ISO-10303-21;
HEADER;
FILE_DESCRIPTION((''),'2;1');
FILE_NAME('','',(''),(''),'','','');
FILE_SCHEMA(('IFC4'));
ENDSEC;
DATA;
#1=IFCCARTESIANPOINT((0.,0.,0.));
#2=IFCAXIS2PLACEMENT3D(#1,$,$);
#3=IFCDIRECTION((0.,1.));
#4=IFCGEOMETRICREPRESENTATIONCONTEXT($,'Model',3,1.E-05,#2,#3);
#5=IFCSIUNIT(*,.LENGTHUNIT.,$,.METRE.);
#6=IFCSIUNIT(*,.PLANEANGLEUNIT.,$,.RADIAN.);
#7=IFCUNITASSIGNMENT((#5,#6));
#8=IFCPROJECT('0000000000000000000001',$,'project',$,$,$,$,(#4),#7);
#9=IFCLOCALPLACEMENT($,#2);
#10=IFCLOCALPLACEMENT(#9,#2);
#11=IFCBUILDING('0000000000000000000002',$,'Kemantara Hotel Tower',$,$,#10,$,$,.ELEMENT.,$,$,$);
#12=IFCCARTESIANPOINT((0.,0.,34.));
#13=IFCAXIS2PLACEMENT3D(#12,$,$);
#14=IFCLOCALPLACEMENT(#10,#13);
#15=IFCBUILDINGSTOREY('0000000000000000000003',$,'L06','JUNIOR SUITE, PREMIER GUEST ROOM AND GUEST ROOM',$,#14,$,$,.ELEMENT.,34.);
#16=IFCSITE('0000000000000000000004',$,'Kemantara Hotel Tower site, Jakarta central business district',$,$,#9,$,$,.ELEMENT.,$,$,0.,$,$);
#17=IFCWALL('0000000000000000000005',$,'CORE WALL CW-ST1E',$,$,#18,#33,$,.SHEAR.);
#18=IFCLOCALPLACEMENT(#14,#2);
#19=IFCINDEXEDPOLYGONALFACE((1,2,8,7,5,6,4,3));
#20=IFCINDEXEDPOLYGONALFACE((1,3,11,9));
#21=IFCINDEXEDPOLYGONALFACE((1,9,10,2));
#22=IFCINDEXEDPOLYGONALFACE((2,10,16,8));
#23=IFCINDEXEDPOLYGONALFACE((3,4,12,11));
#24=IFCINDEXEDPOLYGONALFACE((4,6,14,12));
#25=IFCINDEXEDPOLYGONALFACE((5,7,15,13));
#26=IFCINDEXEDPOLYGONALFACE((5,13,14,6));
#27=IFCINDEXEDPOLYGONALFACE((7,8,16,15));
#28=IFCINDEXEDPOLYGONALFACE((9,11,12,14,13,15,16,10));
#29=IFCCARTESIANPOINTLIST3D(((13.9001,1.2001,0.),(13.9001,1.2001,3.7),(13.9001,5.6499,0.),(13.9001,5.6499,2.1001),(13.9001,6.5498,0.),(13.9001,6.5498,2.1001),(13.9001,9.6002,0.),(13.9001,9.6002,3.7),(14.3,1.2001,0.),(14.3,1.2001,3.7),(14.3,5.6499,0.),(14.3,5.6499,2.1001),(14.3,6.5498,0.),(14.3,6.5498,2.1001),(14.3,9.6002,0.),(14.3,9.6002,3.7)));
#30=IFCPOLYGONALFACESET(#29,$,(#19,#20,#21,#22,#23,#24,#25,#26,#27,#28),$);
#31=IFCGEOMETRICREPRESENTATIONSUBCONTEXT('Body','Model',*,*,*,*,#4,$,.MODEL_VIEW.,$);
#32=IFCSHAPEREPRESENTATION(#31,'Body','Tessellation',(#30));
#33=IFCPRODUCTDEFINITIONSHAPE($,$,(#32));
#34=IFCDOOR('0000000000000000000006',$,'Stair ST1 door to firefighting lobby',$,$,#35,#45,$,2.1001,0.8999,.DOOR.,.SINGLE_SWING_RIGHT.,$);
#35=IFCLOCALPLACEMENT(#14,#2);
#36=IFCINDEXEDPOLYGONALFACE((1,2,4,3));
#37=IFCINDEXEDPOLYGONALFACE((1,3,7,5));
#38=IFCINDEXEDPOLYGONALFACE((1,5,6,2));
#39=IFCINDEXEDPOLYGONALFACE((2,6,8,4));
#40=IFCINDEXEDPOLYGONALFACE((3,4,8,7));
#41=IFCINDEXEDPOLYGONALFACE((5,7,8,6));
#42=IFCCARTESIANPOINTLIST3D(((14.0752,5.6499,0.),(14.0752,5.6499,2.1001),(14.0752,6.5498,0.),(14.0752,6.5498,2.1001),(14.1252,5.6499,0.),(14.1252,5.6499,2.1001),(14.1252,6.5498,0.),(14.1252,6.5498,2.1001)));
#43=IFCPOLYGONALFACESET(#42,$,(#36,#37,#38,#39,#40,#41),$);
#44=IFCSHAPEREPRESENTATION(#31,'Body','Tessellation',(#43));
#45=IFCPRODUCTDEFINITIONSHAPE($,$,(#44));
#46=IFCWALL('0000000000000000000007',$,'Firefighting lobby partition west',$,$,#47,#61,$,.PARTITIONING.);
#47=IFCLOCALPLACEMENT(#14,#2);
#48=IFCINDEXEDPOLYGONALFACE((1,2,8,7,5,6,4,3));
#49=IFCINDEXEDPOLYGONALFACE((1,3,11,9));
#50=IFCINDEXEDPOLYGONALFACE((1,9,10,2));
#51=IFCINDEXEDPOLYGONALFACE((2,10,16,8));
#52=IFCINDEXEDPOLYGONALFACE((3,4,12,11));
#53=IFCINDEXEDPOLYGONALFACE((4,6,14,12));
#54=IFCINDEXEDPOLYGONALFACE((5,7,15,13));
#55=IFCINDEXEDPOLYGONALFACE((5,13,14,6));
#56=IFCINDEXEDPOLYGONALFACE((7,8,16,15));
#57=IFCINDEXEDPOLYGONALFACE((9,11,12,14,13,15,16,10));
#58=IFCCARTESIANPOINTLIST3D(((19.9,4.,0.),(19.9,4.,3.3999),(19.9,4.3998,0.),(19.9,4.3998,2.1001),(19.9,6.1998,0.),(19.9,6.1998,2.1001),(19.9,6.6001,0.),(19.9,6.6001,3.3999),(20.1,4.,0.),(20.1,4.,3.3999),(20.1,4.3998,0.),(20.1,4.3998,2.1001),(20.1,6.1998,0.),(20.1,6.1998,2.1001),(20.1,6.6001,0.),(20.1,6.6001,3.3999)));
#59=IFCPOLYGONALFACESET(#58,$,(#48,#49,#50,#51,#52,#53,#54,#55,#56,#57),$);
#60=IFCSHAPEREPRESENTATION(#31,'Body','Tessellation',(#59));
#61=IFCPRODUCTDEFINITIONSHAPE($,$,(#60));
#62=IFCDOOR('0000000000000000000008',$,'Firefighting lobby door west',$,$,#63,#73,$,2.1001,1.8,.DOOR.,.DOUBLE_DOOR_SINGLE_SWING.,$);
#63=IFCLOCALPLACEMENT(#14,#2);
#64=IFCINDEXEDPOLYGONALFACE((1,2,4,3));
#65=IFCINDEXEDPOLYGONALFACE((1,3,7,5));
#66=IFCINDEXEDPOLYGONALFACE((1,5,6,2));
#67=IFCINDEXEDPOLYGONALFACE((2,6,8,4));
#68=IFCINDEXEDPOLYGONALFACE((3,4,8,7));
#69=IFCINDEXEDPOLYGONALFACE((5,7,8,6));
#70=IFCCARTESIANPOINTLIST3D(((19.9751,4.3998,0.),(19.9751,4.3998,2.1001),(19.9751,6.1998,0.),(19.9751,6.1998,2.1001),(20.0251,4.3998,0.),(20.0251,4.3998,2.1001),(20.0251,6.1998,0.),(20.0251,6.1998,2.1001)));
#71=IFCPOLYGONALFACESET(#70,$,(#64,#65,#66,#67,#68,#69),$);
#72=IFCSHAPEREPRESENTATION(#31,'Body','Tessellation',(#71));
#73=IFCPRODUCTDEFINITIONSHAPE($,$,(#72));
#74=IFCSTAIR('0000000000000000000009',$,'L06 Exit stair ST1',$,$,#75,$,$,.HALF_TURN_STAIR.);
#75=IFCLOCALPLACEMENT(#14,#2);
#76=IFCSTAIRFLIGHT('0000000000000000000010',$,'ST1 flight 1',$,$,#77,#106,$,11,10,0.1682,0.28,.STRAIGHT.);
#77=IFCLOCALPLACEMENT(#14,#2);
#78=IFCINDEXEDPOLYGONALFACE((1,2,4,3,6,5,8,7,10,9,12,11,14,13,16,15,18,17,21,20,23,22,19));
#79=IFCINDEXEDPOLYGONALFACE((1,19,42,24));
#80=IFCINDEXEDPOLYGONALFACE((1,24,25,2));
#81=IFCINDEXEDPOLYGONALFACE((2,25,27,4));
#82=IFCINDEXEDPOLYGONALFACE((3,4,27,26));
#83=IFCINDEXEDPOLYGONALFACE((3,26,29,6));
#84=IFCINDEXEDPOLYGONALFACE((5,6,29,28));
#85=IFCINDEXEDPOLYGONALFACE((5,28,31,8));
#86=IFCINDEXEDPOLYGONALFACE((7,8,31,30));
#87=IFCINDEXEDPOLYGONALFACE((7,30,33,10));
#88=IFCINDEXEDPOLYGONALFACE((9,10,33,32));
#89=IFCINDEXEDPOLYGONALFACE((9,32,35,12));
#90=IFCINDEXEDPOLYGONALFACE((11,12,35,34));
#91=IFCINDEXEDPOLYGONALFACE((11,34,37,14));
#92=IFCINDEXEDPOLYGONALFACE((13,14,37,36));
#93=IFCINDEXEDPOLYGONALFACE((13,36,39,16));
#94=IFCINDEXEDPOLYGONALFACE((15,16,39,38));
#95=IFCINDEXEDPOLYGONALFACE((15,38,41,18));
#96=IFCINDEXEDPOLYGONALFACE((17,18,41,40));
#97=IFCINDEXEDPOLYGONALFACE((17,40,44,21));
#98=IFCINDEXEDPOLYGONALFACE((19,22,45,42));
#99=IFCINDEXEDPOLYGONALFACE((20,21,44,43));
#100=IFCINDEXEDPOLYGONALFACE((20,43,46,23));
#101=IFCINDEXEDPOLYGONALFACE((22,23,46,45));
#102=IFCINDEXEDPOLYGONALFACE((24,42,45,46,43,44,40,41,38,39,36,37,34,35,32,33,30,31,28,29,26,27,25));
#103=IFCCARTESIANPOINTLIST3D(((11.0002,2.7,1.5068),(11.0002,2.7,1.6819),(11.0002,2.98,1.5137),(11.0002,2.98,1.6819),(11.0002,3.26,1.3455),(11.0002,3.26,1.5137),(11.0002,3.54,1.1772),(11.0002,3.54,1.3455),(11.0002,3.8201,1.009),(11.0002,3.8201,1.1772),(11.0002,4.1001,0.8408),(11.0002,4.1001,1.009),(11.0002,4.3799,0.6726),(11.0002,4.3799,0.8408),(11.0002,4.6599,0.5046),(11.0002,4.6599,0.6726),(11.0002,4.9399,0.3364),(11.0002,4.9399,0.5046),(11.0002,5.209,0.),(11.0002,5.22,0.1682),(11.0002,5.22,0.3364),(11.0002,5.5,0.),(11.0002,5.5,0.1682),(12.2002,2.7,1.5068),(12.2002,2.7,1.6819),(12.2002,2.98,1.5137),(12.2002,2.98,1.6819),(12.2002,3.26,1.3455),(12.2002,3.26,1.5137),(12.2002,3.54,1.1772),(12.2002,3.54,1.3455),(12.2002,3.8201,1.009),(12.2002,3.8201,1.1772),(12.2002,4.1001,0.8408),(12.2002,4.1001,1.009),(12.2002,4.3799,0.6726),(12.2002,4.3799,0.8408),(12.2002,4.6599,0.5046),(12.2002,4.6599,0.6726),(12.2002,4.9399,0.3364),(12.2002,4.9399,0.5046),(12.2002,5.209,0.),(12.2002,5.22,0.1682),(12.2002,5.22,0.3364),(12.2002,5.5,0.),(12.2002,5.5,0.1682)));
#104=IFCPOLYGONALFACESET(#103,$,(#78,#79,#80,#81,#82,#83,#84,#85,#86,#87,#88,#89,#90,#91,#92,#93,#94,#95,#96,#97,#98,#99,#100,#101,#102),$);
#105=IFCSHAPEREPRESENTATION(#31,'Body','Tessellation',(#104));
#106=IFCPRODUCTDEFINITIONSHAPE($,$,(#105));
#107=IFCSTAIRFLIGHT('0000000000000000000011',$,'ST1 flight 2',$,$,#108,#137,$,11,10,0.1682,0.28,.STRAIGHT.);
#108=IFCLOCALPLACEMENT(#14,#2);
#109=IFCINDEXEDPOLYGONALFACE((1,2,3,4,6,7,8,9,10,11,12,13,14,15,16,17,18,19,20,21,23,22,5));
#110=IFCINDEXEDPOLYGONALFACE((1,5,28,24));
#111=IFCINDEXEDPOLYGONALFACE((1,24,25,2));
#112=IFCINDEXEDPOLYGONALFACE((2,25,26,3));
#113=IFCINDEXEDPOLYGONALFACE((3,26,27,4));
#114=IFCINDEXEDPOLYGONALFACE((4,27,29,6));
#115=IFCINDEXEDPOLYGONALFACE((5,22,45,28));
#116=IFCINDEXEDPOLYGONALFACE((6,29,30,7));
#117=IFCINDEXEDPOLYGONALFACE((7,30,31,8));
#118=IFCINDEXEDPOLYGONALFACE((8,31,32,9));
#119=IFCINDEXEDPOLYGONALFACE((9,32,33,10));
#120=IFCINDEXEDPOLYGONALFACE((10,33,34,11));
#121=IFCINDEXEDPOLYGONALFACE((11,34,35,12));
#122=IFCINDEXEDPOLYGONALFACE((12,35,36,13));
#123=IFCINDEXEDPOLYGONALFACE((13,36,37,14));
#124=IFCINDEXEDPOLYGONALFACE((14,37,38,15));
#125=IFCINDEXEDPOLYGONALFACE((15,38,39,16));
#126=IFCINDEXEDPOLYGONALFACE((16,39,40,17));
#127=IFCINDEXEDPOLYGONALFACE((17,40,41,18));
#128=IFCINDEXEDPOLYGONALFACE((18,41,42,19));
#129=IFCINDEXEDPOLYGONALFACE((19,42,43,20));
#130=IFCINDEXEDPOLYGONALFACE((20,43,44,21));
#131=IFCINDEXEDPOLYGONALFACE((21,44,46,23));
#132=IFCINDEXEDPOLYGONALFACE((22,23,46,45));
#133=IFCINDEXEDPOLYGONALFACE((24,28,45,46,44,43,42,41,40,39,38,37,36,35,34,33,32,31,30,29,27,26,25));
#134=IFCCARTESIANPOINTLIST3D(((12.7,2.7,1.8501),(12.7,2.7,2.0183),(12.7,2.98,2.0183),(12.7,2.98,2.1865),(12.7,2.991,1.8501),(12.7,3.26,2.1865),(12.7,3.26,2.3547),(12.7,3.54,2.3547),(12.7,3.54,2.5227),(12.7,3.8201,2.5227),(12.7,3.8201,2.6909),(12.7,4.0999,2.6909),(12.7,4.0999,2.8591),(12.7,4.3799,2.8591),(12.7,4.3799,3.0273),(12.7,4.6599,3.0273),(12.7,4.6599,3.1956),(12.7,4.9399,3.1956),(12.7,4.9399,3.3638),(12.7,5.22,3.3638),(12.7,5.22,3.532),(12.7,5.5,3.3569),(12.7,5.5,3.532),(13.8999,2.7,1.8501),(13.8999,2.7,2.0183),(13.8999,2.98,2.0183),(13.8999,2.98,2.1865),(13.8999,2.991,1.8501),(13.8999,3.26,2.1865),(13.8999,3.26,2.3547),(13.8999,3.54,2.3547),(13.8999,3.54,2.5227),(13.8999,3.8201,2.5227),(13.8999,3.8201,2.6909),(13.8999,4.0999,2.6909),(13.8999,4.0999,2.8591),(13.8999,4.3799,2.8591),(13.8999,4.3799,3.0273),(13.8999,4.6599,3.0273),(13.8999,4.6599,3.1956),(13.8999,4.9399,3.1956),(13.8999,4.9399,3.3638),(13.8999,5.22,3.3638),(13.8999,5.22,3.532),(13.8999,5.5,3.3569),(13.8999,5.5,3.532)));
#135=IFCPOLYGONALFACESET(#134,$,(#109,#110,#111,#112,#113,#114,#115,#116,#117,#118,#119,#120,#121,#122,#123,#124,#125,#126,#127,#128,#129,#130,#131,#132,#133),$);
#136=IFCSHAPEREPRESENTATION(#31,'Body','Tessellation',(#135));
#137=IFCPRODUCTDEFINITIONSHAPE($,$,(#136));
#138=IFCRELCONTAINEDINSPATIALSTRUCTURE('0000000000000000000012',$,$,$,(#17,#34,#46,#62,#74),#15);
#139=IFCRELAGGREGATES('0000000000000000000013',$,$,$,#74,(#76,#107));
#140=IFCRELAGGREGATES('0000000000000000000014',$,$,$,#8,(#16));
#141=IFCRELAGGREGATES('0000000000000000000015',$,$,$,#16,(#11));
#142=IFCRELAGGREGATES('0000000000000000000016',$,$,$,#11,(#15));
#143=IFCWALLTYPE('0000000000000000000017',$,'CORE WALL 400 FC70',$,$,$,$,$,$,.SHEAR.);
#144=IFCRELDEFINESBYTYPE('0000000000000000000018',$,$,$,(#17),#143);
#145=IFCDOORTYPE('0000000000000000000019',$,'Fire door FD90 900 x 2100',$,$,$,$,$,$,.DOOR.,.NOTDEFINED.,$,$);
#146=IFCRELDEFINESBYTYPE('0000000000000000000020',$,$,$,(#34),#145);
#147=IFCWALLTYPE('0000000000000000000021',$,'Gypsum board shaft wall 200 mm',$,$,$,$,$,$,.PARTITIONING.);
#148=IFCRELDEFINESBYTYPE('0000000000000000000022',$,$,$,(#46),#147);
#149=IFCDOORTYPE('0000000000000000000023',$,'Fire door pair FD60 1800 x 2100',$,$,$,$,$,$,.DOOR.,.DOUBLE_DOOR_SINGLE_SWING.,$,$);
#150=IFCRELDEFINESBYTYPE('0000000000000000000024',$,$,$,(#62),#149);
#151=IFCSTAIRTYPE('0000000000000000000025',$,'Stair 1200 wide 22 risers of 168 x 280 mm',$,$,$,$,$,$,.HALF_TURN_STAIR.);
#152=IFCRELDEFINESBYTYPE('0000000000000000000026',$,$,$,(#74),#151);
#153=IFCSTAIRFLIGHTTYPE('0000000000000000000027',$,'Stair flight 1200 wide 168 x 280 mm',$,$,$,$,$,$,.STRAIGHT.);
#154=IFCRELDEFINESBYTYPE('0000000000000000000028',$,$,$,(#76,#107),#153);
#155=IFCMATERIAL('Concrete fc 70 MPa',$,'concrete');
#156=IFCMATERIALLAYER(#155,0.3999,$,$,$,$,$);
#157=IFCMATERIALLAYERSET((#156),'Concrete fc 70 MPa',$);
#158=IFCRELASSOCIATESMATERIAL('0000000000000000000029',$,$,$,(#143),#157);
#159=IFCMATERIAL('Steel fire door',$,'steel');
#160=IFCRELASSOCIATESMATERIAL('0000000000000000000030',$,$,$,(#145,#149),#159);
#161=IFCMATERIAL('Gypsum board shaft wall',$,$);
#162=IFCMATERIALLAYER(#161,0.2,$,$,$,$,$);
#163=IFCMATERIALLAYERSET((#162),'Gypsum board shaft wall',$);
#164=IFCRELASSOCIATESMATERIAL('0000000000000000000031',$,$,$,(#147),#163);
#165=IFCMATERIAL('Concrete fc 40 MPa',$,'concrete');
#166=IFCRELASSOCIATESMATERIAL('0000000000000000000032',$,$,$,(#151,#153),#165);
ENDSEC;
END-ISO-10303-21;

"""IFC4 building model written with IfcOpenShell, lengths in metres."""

from ifc_helpers import new_model, si_unit, direction, frame, frame_2d, origin, place, context, subcontext, project, spatial, polyline, rectangle, outline, extrude, material, layer, layer_set, type_object, element, fill, aggregate, save


model = new_model("IFC4")

# Units and contexts
model_context = context("Model", 3, precision=1e-05, world=origin(), true_north=direction((0.0, 1.0)))
body_context = subcontext(model_context, "Body", "Model", "MODEL_VIEW")
ifc_project = project(units=[si_unit("LENGTHUNIT", "METRE"), si_unit("PLANEANGLEUNIT", "RADIAN")], contexts=[model_context])

# Site, building, storey
site_placement = place(None, origin())
site = spatial("IfcSite", under=ifc_project, at=site_placement, Name="Kemantara Hotel Tower site, Jakarta central business district", CompositionType="ELEMENT", RefElevation=0.0)
building_placement = place(site_placement, origin())
building = spatial("IfcBuilding", under=site, at=building_placement, Name="Kemantara Hotel Tower", CompositionType="ELEMENT")
storey_placement = place(building_placement, frame((0.0, 0.0, 34.0)))
storey = spatial("IfcBuildingStorey", under=building, at=storey_placement, Name="L06", Description="JUNIOR SUITE, PREMIER GUEST ROOM AND GUEST ROOM", CompositionType="ELEMENT", Elevation=34.0)

# Shared definitions
ifc_material_1 = material(Name="Concrete fc 70 MPa", Category="concrete")

# Shared definitions
ifc_layer_1 = layer(ifc_material_1, 0.3999)
ifc_layer_set_1 = layer_set([ifc_layer_1], Name="Concrete fc 70 MPa")
wall_type_1 = type_object("IfcWallType", Name="CORE WALL 400 FC70", PredefinedType="SHEAR", material=ifc_layer_set_1)

# Walls, openings, doors
wall_1_placement = place(storey_placement, frame((14.1001, 1.2, 0.0), z_axis=(0.0, 0.0, 1.0), x_axis=(0.0, 1.0, 0.0)))
wall_1 = element("IfcWall", 1, at=wall_1_placement, inside=storey, type_object=wall_type_1, Name="CORE WALL CW-ST1E", PredefinedType="SHEAR", context=body_context, shape_type="SweptSolid", body=[
    extrude(rectangle(XDim=8.4001, YDim=0.3999, at=frame_2d((4.2002, 0.0))), origin(), (0.0, 0.0, 1.0), 3.7),
])
opening_1_placement = place(wall_1_placement, frame((4.45, 0.0, 0.0)))
opening_1 = element("IfcOpeningElement", 2, at=opening_1_placement, cuts=wall_1, PredefinedType="OPENING", context=body_context, shape_type="SweptSolid", body=[
    extrude(rectangle(XDim=0.8999, YDim=2.1001, at=frame_2d((0.45, 1.05))), frame((0.0, 0.21, 0.0), z_axis=(0.0, -1.0, 0.0), x_axis=(1.0, 0.0, 0.0)), (0.0, 0.0, 1.0), 0.4199),
])
ifc_material_2 = material(Name="Steel fire door", Category="steel")
door_type_1 = type_object("IfcDoorType", Name="Fire door FD90 900 x 2100", OperationType="NOTDEFINED", PredefinedType="DOOR", material=ifc_material_2)
door_1_placement = place(opening_1_placement, origin())
door_1 = element("IfcDoor", 3, at=door_1_placement, inside=storey, type_object=door_type_1, Name="Stair ST1 door to firefighting lobby", OperationType="SINGLE_SWING_RIGHT", OverallHeight=2.1001, OverallWidth=0.8999, PredefinedType="DOOR", context=body_context, shape_type="SweptSolid", body=[
    extrude(rectangle(XDim=0.8999, YDim=2.1001, at=frame_2d((0.45, 1.05))), frame((0.0, 0.0249, 0.0), z_axis=(0.0, -1.0, 0.0), x_axis=(1.0, 0.0, 0.0)), (0.0, 0.0, 1.0), 0.05),
])
fill(opening_1, door_1)
ifc_material_3 = material(Name="Gypsum board shaft wall")
ifc_layer_2 = layer(ifc_material_3, 0.2)
ifc_layer_set_2 = layer_set([ifc_layer_2], Name="Gypsum board shaft wall")
wall_type_2 = type_object("IfcWallType", Name="Gypsum board shaft wall 200 mm", PredefinedType="PARTITIONING", material=ifc_layer_set_2)
wall_2_placement = place(storey_placement, frame((20.0, 4.0, 0.0), z_axis=(0.0, 0.0, 1.0), x_axis=(0.0, 1.0, 0.0)))
wall_2 = element("IfcWall", 4, at=wall_2_placement, inside=storey, type_object=wall_type_2, Name="Firefighting lobby partition west", PredefinedType="PARTITIONING", context=body_context, shape_type="SweptSolid", body=[
    extrude(rectangle(XDim=2.6001, YDim=0.2, at=frame_2d((1.3, 0.0))), origin(), (0.0, 0.0, 1.0), 3.3999),
])
opening_2_placement = place(wall_2_placement, frame((0.3999, 0.0, 0.0)))
opening_2 = element("IfcOpeningElement", 5, at=opening_2_placement, cuts=wall_2, PredefinedType="OPENING", context=body_context, shape_type="SweptSolid", body=[
    extrude(rectangle(XDim=1.8, YDim=2.1001, at=frame_2d((0.8999, 1.05))), frame((0.0, 0.1099, 0.0), z_axis=(0.0, -1.0, 0.0), x_axis=(1.0, 0.0, 0.0)), (0.0, 0.0, 1.0), 0.22),
])
door_type_2 = type_object("IfcDoorType", Name="Fire door pair FD60 1800 x 2100", OperationType="DOUBLE_DOOR_SINGLE_SWING", PredefinedType="DOOR", material=ifc_material_2)
door_2_placement = place(opening_2_placement, origin())
door_2 = element("IfcDoor", 6, at=door_2_placement, inside=storey, type_object=door_type_2, Name="Firefighting lobby door west", OperationType="DOUBLE_DOOR_SINGLE_SWING", OverallHeight=2.1001, OverallWidth=1.8, PredefinedType="DOOR", context=body_context, shape_type="SweptSolid", body=[
    extrude(rectangle(XDim=1.8, YDim=2.1001, at=frame_2d((0.8999, 1.05))), frame((0.0, 0.0249, 0.0), z_axis=(0.0, -1.0, 0.0), x_axis=(1.0, 0.0, 0.0)), (0.0, 0.0, 1.0), 0.05),
])
fill(opening_2, door_2)

# Stair, stair flights
ifc_material_4 = material(Name="Concrete fc 40 MPa", Category="concrete")
stair_type = type_object("IfcStairType", Name="Stair 1200 wide 22 risers of 168 x 280 mm", PredefinedType="HALF_TURN_STAIR", material=ifc_material_4)
stair_placement = place(storey_placement, origin())
stair = element("IfcStair", 7, at=stair_placement, inside=storey, type_object=stair_type, Name="L06 Exit stair ST1", PredefinedType="HALF_TURN_STAIR")
stair_flight_type = type_object("IfcStairFlightType", Name="Stair flight 1200 wide 168 x 280 mm", PredefinedType="STRAIGHT", material=ifc_material_4)
stair_flight_1_placement = place(storey_placement, frame((11.6001, 5.5, 0.0), z_axis=(0.0, 0.0, 1.0), x_axis=(0.0, -1.0, 0.0)))
stair_flight_1 = element("IfcStairFlight", 8, at=stair_flight_1_placement, type_object=stair_flight_type, Name="ST1 flight 1", NumberOfRisers=11, NumberOfTreads=10, PredefinedType="STRAIGHT", RiserHeight=0.1682, TreadLength=0.28, context=body_context, shape_type="SweptSolid", body=[
    extrude(outline(polyline([(0.0, 0.0), (0.0, 0.1682), (0.28, 0.1682), (0.28, 0.3364), (0.5601, 0.3364), (0.5601, 0.5046), (0.8401, 0.5046), (0.8401, 0.6726), (1.1201, 0.6726), (1.1201, 0.8408), (1.3999, 0.8408), (1.3999, 1.009), (1.6799, 1.009), (1.6799, 1.1772), (1.96, 1.1772), (1.96, 1.3455), (2.24, 1.3455), (2.24, 1.5137), (2.52, 1.5137), (2.52, 1.6819), (2.8, 1.6819), (2.8, 1.8501), (2.8, 1.5068), (0.291, 0.0), (0.0, 0.0)])), frame((0.0, 0.6001, 0.0), z_axis=(0.0, -1.0, 0.0), x_axis=(1.0, 0.0, 0.0)), (0.0, 0.0, 1.0), 1.2),
])
stair_flight_2_placement = place(storey_placement, frame((13.3, 2.7, 1.8501), z_axis=(0.0, 0.0, 1.0), x_axis=(0.0, 1.0, 0.0)))
stair_flight_2 = element("IfcStairFlight", 9, at=stair_flight_2_placement, type_object=stair_flight_type, Name="ST1 flight 2", NumberOfRisers=11, NumberOfTreads=10, PredefinedType="STRAIGHT", RiserHeight=0.1682, TreadLength=0.28, context=body_context, shape_type="SweptSolid", body=[
    extrude(outline(polyline([(0.0, 0.0), (0.0, 0.1682), (0.28, 0.1682), (0.28, 0.3364), (0.5601, 0.3364), (0.5601, 0.5046), (0.8401, 0.5046), (0.8401, 0.6726), (1.1201, 0.6726), (1.1201, 0.8408), (1.3999, 0.8408), (1.3999, 1.009), (1.6799, 1.009), (1.6799, 1.1772), (1.96, 1.1772), (1.96, 1.3455), (2.24, 1.3455), (2.24, 1.5137), (2.52, 1.5137), (2.52, 1.6819), (2.8, 1.6819), (2.8, 1.8501), (2.8, 1.5068), (0.291, 0.0), (0.0, 0.0)])), frame((0.0, 0.6001, 0.0), z_axis=(0.0, -1.0, 0.0), x_axis=(1.0, 0.0, 0.0)), (0.0, 0.0, 1.0), 1.2),
])
aggregate(stair, [stair_flight_1, stair_flight_2])

save(model, "model.ifc")
